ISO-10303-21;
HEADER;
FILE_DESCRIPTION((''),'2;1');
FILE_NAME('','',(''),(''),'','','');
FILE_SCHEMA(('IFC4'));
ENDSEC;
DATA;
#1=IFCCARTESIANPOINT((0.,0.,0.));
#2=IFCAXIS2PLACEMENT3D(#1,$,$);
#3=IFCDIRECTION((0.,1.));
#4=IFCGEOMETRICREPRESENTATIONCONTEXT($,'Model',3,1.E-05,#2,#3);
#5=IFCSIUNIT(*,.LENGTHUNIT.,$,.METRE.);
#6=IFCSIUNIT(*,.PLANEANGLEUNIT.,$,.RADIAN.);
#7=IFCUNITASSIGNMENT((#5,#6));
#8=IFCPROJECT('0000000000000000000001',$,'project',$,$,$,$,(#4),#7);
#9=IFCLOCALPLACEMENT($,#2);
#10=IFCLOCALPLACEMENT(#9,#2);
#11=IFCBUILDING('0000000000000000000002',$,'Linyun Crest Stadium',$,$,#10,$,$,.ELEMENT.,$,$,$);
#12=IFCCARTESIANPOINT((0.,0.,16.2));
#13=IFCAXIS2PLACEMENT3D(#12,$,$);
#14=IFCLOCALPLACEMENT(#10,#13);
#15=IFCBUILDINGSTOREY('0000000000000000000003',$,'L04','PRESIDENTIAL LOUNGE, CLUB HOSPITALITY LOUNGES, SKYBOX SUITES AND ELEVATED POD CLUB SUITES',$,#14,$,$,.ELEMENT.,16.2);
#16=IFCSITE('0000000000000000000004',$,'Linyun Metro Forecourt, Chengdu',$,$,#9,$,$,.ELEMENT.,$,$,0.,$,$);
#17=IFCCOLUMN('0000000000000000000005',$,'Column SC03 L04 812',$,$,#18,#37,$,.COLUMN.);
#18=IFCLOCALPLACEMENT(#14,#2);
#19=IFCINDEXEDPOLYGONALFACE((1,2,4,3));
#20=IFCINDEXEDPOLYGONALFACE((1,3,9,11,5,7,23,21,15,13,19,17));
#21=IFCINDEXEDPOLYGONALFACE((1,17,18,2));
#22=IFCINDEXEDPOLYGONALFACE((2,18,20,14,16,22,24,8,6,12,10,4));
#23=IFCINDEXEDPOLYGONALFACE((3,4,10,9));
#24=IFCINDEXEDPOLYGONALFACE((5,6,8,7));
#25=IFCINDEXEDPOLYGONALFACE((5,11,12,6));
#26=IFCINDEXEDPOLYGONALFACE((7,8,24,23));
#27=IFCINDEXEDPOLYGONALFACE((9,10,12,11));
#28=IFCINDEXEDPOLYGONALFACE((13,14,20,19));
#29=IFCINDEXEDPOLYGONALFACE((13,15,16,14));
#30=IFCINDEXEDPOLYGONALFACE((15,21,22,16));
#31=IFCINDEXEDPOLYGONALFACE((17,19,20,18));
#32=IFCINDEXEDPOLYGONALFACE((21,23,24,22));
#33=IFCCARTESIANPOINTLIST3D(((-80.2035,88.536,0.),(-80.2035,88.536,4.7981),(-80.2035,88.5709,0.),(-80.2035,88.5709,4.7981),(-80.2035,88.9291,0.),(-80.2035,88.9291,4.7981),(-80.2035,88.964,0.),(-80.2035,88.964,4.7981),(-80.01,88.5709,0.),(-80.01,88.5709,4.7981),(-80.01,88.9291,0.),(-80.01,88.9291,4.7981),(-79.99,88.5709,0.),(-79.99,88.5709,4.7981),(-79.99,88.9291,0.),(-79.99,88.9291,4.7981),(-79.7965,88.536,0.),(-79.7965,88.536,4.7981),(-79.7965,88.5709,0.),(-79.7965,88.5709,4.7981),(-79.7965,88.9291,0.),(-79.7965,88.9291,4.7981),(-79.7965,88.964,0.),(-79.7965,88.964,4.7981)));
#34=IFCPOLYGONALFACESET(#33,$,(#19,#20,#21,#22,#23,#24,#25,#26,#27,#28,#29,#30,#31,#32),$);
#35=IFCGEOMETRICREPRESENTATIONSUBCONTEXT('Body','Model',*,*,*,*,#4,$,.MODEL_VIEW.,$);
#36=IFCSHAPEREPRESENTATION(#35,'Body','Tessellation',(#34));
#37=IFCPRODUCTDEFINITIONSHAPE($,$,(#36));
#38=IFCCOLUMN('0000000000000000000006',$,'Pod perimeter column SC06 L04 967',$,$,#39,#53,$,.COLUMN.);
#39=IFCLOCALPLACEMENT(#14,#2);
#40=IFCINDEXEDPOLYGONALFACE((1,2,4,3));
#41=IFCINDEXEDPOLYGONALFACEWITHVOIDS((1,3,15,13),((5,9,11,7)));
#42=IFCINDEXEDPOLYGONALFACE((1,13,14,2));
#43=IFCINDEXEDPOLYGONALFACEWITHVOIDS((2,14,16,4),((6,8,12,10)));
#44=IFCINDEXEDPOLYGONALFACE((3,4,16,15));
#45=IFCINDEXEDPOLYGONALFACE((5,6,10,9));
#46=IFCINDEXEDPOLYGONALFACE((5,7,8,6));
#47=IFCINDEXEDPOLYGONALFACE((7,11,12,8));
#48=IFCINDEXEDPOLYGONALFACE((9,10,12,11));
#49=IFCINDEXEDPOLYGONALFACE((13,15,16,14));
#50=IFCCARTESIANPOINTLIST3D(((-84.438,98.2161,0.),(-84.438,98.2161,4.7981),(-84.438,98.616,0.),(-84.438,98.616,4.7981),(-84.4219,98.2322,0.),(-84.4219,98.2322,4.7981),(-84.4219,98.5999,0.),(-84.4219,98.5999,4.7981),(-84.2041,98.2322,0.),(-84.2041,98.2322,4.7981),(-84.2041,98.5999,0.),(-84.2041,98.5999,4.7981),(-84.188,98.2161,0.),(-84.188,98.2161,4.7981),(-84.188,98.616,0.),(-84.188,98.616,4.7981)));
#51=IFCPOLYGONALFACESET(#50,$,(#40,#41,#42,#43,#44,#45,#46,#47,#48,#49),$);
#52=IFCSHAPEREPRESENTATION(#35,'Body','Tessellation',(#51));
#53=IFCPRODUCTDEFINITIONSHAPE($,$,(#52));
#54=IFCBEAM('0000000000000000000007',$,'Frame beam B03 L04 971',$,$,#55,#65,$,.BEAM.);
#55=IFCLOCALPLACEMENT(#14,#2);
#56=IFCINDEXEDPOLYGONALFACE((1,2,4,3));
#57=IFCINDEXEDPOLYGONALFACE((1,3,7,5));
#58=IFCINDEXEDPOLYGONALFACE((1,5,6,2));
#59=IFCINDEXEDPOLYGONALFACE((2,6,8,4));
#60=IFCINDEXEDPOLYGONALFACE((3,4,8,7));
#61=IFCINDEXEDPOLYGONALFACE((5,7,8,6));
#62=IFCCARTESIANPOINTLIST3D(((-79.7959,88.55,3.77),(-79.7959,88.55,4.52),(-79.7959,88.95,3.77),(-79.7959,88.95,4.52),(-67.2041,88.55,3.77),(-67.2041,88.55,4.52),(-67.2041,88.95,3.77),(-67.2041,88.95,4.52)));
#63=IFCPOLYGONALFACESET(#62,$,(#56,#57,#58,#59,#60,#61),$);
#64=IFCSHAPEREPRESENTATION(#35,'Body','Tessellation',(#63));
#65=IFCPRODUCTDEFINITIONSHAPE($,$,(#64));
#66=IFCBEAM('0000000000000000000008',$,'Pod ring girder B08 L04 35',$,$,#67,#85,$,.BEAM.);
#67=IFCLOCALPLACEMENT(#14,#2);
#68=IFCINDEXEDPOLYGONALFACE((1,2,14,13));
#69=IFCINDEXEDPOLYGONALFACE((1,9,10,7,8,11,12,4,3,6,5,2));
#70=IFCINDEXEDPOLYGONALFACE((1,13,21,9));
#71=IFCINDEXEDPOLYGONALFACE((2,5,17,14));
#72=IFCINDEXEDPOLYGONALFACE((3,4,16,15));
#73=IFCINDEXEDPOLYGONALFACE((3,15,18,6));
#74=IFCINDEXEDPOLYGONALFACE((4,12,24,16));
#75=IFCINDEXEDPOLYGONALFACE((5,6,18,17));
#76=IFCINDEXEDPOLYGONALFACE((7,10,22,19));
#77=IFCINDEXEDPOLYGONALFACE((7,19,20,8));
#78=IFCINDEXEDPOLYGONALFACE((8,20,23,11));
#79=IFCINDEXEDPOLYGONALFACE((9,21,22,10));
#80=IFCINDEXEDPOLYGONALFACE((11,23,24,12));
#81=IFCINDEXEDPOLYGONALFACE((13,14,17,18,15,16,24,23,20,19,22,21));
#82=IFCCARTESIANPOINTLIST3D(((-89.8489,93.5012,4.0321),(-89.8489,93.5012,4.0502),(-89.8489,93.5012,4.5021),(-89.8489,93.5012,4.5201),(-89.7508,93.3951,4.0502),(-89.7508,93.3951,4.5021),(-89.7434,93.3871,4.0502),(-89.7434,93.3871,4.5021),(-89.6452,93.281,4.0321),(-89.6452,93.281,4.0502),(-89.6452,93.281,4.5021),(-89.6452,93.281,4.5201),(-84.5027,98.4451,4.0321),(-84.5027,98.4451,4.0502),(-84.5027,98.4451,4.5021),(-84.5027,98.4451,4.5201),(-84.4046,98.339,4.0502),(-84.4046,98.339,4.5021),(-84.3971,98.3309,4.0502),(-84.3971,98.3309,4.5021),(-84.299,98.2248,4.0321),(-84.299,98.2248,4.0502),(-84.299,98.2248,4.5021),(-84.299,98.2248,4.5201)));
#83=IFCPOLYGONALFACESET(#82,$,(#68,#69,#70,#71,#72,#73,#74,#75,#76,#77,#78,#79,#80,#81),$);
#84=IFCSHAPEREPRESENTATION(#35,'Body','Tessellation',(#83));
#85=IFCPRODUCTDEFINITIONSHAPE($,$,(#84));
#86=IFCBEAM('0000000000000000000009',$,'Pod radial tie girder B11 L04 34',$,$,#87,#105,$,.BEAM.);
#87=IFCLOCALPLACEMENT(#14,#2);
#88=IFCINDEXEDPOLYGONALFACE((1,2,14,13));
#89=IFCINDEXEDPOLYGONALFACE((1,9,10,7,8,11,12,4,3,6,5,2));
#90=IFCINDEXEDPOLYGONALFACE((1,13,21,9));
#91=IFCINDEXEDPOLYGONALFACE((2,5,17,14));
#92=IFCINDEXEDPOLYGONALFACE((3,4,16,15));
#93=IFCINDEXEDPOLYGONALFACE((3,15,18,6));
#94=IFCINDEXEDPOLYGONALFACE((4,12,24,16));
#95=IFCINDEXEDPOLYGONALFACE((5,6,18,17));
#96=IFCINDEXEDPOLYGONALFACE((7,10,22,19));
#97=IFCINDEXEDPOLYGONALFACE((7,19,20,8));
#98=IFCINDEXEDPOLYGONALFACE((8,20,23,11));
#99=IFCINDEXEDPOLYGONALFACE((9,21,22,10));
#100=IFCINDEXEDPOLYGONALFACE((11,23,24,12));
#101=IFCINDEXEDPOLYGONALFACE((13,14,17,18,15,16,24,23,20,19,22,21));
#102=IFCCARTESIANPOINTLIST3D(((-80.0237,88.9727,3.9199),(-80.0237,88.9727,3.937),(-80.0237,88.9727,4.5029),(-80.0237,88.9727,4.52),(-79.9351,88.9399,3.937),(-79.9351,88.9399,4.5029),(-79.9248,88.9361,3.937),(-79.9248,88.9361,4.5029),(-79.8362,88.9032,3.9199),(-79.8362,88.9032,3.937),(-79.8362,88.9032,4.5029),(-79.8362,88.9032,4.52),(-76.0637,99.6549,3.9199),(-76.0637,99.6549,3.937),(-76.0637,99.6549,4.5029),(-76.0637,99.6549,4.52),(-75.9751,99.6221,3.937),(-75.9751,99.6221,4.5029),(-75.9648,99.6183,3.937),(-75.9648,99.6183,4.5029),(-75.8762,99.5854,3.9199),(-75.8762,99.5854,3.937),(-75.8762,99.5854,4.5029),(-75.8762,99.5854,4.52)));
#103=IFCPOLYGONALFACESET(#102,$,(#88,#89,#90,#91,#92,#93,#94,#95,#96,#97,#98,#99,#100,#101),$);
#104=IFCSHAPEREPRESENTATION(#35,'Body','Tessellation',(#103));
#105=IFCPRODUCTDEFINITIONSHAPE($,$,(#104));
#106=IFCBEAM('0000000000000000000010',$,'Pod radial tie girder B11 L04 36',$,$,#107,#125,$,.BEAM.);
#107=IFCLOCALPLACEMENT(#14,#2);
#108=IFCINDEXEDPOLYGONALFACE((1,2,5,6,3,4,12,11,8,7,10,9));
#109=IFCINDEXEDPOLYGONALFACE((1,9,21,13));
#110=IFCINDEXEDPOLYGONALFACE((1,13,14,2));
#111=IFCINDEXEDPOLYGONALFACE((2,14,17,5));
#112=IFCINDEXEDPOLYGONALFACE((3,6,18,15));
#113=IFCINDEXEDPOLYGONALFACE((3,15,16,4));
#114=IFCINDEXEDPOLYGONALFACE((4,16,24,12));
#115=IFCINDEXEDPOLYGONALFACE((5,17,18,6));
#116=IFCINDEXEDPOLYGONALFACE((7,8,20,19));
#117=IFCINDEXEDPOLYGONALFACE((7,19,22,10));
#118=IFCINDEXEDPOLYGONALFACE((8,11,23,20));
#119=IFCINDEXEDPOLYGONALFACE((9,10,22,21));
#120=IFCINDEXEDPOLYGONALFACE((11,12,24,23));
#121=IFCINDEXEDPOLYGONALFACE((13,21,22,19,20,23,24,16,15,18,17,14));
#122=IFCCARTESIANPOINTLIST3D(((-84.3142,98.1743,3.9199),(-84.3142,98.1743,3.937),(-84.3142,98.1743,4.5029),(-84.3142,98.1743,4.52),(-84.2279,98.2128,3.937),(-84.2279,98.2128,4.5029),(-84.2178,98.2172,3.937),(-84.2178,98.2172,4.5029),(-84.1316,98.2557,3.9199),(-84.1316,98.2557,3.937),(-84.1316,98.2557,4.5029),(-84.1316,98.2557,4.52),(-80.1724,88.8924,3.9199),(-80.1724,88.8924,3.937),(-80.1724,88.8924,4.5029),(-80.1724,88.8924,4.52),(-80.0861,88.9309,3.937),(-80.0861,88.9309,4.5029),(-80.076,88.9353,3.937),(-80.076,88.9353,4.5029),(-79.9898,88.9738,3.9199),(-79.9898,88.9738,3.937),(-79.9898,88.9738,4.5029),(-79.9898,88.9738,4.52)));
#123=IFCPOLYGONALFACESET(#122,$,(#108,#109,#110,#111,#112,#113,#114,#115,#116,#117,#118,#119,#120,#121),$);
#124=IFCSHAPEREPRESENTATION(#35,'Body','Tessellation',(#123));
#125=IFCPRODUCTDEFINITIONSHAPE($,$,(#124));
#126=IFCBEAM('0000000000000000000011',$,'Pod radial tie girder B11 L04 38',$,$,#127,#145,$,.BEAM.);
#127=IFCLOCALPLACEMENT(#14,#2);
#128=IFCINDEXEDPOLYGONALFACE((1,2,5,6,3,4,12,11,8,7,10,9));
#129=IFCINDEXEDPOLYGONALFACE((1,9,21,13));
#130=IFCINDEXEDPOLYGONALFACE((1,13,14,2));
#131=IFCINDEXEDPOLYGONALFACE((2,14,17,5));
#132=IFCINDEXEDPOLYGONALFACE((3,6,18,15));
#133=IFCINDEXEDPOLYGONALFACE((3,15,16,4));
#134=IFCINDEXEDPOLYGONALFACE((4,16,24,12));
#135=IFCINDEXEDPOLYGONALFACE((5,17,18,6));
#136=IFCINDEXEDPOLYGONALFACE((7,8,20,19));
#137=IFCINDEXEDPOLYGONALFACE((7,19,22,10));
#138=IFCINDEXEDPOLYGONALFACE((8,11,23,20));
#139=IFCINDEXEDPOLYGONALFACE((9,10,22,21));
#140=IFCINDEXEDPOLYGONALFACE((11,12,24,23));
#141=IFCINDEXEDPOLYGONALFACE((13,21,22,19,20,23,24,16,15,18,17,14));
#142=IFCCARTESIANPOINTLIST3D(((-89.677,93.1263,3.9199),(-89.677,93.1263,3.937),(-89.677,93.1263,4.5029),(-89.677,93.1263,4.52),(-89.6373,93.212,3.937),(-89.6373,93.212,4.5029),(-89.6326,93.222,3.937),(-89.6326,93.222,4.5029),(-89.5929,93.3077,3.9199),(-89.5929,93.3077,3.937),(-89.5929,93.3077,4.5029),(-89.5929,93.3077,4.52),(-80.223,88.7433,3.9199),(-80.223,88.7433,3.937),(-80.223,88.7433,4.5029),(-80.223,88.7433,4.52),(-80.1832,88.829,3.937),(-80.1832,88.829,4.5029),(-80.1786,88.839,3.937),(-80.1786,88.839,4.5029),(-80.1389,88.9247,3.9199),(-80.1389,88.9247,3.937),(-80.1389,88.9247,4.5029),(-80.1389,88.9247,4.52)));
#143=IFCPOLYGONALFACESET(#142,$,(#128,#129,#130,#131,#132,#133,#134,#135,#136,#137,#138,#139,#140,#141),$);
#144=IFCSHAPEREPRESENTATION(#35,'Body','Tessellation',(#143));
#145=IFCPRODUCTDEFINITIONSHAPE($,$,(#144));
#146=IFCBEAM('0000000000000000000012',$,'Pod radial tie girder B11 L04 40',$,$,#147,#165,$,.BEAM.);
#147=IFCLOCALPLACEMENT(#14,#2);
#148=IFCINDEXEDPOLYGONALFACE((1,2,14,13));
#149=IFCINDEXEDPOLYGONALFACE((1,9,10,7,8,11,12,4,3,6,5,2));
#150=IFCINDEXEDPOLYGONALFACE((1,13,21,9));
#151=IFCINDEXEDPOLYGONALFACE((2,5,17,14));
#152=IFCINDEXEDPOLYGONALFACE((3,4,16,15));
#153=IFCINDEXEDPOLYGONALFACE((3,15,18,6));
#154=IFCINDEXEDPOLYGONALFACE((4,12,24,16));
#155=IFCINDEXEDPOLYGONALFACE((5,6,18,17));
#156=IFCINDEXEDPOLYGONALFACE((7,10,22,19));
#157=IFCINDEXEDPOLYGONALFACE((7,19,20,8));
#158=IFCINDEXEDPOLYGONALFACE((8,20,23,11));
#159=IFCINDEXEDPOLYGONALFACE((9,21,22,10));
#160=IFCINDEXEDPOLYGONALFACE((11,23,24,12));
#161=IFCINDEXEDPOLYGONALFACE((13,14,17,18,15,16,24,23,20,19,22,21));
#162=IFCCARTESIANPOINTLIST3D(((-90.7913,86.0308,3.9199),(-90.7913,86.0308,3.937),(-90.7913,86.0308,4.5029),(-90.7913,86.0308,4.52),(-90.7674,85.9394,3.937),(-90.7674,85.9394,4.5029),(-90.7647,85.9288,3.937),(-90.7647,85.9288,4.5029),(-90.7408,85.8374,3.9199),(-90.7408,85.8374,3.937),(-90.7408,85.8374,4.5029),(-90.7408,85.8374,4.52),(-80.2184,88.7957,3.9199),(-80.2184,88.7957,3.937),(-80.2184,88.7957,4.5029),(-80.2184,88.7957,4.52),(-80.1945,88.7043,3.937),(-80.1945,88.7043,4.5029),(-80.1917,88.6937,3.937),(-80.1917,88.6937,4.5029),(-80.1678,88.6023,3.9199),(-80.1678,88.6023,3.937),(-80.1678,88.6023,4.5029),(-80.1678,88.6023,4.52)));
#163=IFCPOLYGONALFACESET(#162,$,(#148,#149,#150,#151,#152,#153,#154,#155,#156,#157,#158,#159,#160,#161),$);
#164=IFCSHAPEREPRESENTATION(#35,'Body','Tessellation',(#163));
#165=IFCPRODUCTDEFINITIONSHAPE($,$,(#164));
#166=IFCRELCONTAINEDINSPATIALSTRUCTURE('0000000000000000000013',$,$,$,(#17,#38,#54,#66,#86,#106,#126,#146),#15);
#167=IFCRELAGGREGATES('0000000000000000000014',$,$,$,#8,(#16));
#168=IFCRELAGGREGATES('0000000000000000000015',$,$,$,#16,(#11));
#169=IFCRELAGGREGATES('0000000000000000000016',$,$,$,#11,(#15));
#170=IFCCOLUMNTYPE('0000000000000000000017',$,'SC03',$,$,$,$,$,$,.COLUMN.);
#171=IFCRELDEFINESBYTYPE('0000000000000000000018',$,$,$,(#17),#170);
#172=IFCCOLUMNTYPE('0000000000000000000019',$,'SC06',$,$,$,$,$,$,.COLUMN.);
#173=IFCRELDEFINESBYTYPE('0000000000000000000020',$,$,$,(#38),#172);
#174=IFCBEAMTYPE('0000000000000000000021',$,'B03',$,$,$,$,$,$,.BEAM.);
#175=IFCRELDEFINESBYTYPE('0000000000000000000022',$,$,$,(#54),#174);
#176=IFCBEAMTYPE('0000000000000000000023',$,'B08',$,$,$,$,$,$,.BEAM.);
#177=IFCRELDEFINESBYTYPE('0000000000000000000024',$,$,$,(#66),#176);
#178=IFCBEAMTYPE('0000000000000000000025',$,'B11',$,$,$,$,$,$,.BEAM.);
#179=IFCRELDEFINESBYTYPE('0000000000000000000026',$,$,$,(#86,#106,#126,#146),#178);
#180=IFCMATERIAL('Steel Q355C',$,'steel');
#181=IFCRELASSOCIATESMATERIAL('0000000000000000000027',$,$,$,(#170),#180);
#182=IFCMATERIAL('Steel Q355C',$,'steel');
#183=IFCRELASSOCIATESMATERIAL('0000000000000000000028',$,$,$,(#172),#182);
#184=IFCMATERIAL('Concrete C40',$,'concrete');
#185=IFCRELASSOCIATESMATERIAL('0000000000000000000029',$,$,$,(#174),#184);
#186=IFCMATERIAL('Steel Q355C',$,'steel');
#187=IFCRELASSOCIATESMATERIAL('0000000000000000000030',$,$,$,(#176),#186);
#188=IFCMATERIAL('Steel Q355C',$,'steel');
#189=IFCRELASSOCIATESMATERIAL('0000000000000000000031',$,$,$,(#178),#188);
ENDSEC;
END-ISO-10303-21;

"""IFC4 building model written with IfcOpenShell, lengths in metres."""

from ifc_helpers import new_model, si_unit, direction, frame, origin, origin_2d, place, context, subcontext, project, spatial, rectangle, hollow_rectangle, i_section, extrude, material, material_profile, profile_set, type_object, element, save


model = new_model("IFC4")

# Units and contexts
model_context = context("Model", 3, precision=1e-05, world=origin(), true_north=direction((0.0, 1.0)))
body_context = subcontext(model_context, "Body", "Model", "MODEL_VIEW")
ifc_project = project(units=[si_unit("LENGTHUNIT", "METRE"), si_unit("PLANEANGLEUNIT", "RADIAN")], contexts=[model_context])

# Site, building, storey
site_placement = place(None, origin())
site = spatial("IfcSite", under=ifc_project, at=site_placement, Name="Linyun Metro Forecourt, Chengdu", CompositionType="ELEMENT", RefElevation=0.0)
building_placement = place(site_placement, origin())
building = spatial("IfcBuilding", under=site, at=building_placement, Name="Linyun Crest Stadium", CompositionType="ELEMENT")
storey_placement = place(building_placement, frame((0.0, 0.0, 16.2)))
storey = spatial("IfcBuildingStorey", under=building, at=storey_placement, Name="L04", Description="PRESIDENTIAL LOUNGE, CLUB HOSPITALITY LOUNGES, SKYBOX SUITES AND ELEVATED POD CLUB SUITES", CompositionType="ELEMENT", Elevation=16.2)

# Columns
ifc_material_1 = material(Name="Steel Q355C", Category="steel")
ifc_material_profile_1 = material_profile(ifc_material_1, i_section(OverallWidth=0.407, OverallDepth=0.428, WebThickness=0.02, FlangeThickness=0.0349, at=origin_2d()), Name="HW 428x407")
ifc_profile_set_1 = profile_set([ifc_material_profile_1], Name="Steel Q355C")
column_type_1 = type_object("IfcColumnType", Name="SC03", PredefinedType="COLUMN", material=ifc_profile_set_1)
column_1_placement = place(storey_placement, frame((-80.0, 88.75, 0.0), z_axis=(0.0, 0.0, 1.0), x_axis=(1.0, 0.0, 0.0)))
element("IfcColumn", 1, at=column_1_placement, inside=storey, type_object=column_type_1, Name="Column SC03 L04 812", PredefinedType="COLUMN", context=body_context, shape_type="SweptSolid", body=[
    extrude(i_section(OverallWidth=0.407, OverallDepth=0.428, WebThickness=0.02, FlangeThickness=0.0349, at=origin_2d()), origin(), (0.0, 0.0, 1.0), 4.7981),
])
ifc_material_2 = material(Name="Steel Q355C", Category="steel")
ifc_material_profile_2 = material_profile(ifc_material_2, hollow_rectangle(XDim=0.25, YDim=0.3999, WallThickness=0.0161, at=origin_2d()), Name="RHS 400x250x16")
ifc_profile_set_2 = profile_set([ifc_material_profile_2], Name="Steel Q355C")
column_type_2 = type_object("IfcColumnType", Name="SC06", PredefinedType="COLUMN", material=ifc_profile_set_2)
column_2_placement = place(storey_placement, frame((-84.313, 98.416, 0.0), z_axis=(0.0, 0.0, 1.0), x_axis=(1.0, 0.0, 0.0)))
element("IfcColumn", 2, at=column_2_placement, inside=storey, type_object=column_type_2, Name="Pod perimeter column SC06 L04 967", PredefinedType="COLUMN", context=body_context, shape_type="SweptSolid", body=[
    extrude(hollow_rectangle(XDim=0.25, YDim=0.3999, WallThickness=0.0161, at=origin_2d()), origin(), (0.0, 0.0, 1.0), 4.7981),
])

# Beams
ifc_material_3 = material(Name="Concrete C40", Category="concrete")
ifc_material_profile_3 = material_profile(ifc_material_3, rectangle(XDim=0.3999, YDim=0.75, at=origin_2d()), Name="RCB 750x400")
ifc_profile_set_3 = profile_set([ifc_material_profile_3], Name="Concrete C40")
beam_type_1 = type_object("IfcBeamType", Name="B03", PredefinedType="BEAM", material=ifc_profile_set_3)
beam_1_placement = place(storey_placement, frame((-79.7959, 88.75, 4.145), z_axis=(1.0, 0.0, 0.0), x_axis=(0.0, 1.0, 0.0)))
element("IfcBeam", 3, at=beam_1_placement, inside=storey, type_object=beam_type_1, Name="Frame beam B03 L04 971", PredefinedType="BEAM", context=body_context, shape_type="SweptSolid", body=[
    extrude(rectangle(XDim=0.3999, YDim=0.75, at=origin_2d()), origin(), (0.0, 0.0, 1.0), 12.5918),
])
ifc_material_4 = material(Name="Steel Q355C", Category="steel")
ifc_material_profile_4 = material_profile(ifc_material_4, i_section(OverallWidth=0.3, OverallDepth=0.488, WebThickness=0.011, FlangeThickness=0.0181, at=origin_2d()), Name="HM 488x300")
ifc_profile_set_4 = profile_set([ifc_material_profile_4], Name="Steel Q355C")
beam_type_2 = type_object("IfcBeamType", Name="B08", PredefinedType="BEAM", material=ifc_profile_set_4)
beam_2_placement = place(storey_placement, frame((-84.4009, 98.335, 4.2761), z_axis=(-0.734194, -0.67894, 0.0), x_axis=(0.67894, -0.734194, 0.0)))
element("IfcBeam", 4, at=beam_2_placement, inside=storey, type_object=beam_type_2, Name="Pod ring girder B08 L04 35", PredefinedType="BEAM", context=body_context, shape_type="SweptSolid", body=[
    extrude(i_section(OverallWidth=0.3, OverallDepth=0.488, WebThickness=0.011, FlangeThickness=0.0181, at=origin_2d()), origin(), (0.0, 0.0, 1.0), 7.2817),
])
ifc_material_5 = material(Name="Steel Q355C", Category="steel")
ifc_material_profile_5 = material_profile(ifc_material_5, i_section(OverallWidth=0.2, OverallDepth=0.6001, WebThickness=0.011, FlangeThickness=0.0171, at=origin_2d()), Name="HN 600x200")
ifc_profile_set_5 = profile_set([ifc_material_profile_5], Name="Steel Q355C")
beam_type_3 = type_object("IfcBeamType", Name="B11", PredefinedType="BEAM", material=ifc_profile_set_5)
beam_3_placement = place(storey_placement, frame((-79.9299, 88.938, 4.22), z_axis=(0.347594, 0.937645, 0.0), x_axis=(-0.937645, 0.347594, 0.0)))
element("IfcBeam", 5, at=beam_3_placement, inside=storey, type_object=beam_type_3, Name="Pod radial tie girder B11 L04 34", PredefinedType="BEAM", context=body_context, shape_type="SweptSolid", body=[
    extrude(i_section(OverallWidth=0.2, OverallDepth=0.6001, WebThickness=0.011, FlangeThickness=0.0171, at=origin_2d()), origin(), (0.0, 0.0, 1.0), 11.3926),
])
beam_4_placement = place(storey_placement, frame((-80.0811, 88.9331, 4.22), z_axis=(-0.407495, 0.913207, 0.0), x_axis=(-0.913207, -0.407495, 0.0)))
element("IfcBeam", 6, at=beam_4_placement, inside=storey, type_object=beam_type_3, Name="Pod radial tie girder B11 L04 36", PredefinedType="BEAM", context=body_context, shape_type="SweptSolid", body=[
    extrude(i_section(OverallWidth=0.2, OverallDepth=0.6001, WebThickness=0.011, FlangeThickness=0.0171, at=origin_2d()), origin(), (0.0, 0.0, 1.0), 10.1641),
])
beam_5_placement = place(storey_placement, frame((-80.1809, 88.834, 4.22), z_axis=(-0.907241, 0.42061, 0.0), x_axis=(-0.42061, -0.907241, 0.0)))
element("IfcBeam", 7, at=beam_5_placement, inside=storey, type_object=beam_type_3, Name="Pod radial tie girder B11 L04 38", PredefinedType="BEAM", context=body_context, shape_type="SweptSolid", body=[
    extrude(i_section(OverallWidth=0.2, OverallDepth=0.6001, WebThickness=0.011, FlangeThickness=0.0171, at=origin_2d()), origin(), (0.0, 0.0, 1.0), 10.4207),
])
beam_6_placement = place(storey_placement, frame((-80.1931, 88.699, 4.22), z_axis=(-0.967467, -0.252998, 0.0), x_axis=(0.252998, -0.967467, 0.0)))
element("IfcBeam", 8, at=beam_6_placement, inside=storey, type_object=beam_type_3, Name="Pod radial tie girder B11 L04 40", PredefinedType="BEAM", context=body_context, shape_type="SweptSolid", body=[
    extrude(i_section(OverallWidth=0.2, OverallDepth=0.6001, WebThickness=0.011, FlangeThickness=0.0171, at=origin_2d()), origin(), (0.0, 0.0, 1.0), 10.9285),
])

save(model, "model.ifc")
